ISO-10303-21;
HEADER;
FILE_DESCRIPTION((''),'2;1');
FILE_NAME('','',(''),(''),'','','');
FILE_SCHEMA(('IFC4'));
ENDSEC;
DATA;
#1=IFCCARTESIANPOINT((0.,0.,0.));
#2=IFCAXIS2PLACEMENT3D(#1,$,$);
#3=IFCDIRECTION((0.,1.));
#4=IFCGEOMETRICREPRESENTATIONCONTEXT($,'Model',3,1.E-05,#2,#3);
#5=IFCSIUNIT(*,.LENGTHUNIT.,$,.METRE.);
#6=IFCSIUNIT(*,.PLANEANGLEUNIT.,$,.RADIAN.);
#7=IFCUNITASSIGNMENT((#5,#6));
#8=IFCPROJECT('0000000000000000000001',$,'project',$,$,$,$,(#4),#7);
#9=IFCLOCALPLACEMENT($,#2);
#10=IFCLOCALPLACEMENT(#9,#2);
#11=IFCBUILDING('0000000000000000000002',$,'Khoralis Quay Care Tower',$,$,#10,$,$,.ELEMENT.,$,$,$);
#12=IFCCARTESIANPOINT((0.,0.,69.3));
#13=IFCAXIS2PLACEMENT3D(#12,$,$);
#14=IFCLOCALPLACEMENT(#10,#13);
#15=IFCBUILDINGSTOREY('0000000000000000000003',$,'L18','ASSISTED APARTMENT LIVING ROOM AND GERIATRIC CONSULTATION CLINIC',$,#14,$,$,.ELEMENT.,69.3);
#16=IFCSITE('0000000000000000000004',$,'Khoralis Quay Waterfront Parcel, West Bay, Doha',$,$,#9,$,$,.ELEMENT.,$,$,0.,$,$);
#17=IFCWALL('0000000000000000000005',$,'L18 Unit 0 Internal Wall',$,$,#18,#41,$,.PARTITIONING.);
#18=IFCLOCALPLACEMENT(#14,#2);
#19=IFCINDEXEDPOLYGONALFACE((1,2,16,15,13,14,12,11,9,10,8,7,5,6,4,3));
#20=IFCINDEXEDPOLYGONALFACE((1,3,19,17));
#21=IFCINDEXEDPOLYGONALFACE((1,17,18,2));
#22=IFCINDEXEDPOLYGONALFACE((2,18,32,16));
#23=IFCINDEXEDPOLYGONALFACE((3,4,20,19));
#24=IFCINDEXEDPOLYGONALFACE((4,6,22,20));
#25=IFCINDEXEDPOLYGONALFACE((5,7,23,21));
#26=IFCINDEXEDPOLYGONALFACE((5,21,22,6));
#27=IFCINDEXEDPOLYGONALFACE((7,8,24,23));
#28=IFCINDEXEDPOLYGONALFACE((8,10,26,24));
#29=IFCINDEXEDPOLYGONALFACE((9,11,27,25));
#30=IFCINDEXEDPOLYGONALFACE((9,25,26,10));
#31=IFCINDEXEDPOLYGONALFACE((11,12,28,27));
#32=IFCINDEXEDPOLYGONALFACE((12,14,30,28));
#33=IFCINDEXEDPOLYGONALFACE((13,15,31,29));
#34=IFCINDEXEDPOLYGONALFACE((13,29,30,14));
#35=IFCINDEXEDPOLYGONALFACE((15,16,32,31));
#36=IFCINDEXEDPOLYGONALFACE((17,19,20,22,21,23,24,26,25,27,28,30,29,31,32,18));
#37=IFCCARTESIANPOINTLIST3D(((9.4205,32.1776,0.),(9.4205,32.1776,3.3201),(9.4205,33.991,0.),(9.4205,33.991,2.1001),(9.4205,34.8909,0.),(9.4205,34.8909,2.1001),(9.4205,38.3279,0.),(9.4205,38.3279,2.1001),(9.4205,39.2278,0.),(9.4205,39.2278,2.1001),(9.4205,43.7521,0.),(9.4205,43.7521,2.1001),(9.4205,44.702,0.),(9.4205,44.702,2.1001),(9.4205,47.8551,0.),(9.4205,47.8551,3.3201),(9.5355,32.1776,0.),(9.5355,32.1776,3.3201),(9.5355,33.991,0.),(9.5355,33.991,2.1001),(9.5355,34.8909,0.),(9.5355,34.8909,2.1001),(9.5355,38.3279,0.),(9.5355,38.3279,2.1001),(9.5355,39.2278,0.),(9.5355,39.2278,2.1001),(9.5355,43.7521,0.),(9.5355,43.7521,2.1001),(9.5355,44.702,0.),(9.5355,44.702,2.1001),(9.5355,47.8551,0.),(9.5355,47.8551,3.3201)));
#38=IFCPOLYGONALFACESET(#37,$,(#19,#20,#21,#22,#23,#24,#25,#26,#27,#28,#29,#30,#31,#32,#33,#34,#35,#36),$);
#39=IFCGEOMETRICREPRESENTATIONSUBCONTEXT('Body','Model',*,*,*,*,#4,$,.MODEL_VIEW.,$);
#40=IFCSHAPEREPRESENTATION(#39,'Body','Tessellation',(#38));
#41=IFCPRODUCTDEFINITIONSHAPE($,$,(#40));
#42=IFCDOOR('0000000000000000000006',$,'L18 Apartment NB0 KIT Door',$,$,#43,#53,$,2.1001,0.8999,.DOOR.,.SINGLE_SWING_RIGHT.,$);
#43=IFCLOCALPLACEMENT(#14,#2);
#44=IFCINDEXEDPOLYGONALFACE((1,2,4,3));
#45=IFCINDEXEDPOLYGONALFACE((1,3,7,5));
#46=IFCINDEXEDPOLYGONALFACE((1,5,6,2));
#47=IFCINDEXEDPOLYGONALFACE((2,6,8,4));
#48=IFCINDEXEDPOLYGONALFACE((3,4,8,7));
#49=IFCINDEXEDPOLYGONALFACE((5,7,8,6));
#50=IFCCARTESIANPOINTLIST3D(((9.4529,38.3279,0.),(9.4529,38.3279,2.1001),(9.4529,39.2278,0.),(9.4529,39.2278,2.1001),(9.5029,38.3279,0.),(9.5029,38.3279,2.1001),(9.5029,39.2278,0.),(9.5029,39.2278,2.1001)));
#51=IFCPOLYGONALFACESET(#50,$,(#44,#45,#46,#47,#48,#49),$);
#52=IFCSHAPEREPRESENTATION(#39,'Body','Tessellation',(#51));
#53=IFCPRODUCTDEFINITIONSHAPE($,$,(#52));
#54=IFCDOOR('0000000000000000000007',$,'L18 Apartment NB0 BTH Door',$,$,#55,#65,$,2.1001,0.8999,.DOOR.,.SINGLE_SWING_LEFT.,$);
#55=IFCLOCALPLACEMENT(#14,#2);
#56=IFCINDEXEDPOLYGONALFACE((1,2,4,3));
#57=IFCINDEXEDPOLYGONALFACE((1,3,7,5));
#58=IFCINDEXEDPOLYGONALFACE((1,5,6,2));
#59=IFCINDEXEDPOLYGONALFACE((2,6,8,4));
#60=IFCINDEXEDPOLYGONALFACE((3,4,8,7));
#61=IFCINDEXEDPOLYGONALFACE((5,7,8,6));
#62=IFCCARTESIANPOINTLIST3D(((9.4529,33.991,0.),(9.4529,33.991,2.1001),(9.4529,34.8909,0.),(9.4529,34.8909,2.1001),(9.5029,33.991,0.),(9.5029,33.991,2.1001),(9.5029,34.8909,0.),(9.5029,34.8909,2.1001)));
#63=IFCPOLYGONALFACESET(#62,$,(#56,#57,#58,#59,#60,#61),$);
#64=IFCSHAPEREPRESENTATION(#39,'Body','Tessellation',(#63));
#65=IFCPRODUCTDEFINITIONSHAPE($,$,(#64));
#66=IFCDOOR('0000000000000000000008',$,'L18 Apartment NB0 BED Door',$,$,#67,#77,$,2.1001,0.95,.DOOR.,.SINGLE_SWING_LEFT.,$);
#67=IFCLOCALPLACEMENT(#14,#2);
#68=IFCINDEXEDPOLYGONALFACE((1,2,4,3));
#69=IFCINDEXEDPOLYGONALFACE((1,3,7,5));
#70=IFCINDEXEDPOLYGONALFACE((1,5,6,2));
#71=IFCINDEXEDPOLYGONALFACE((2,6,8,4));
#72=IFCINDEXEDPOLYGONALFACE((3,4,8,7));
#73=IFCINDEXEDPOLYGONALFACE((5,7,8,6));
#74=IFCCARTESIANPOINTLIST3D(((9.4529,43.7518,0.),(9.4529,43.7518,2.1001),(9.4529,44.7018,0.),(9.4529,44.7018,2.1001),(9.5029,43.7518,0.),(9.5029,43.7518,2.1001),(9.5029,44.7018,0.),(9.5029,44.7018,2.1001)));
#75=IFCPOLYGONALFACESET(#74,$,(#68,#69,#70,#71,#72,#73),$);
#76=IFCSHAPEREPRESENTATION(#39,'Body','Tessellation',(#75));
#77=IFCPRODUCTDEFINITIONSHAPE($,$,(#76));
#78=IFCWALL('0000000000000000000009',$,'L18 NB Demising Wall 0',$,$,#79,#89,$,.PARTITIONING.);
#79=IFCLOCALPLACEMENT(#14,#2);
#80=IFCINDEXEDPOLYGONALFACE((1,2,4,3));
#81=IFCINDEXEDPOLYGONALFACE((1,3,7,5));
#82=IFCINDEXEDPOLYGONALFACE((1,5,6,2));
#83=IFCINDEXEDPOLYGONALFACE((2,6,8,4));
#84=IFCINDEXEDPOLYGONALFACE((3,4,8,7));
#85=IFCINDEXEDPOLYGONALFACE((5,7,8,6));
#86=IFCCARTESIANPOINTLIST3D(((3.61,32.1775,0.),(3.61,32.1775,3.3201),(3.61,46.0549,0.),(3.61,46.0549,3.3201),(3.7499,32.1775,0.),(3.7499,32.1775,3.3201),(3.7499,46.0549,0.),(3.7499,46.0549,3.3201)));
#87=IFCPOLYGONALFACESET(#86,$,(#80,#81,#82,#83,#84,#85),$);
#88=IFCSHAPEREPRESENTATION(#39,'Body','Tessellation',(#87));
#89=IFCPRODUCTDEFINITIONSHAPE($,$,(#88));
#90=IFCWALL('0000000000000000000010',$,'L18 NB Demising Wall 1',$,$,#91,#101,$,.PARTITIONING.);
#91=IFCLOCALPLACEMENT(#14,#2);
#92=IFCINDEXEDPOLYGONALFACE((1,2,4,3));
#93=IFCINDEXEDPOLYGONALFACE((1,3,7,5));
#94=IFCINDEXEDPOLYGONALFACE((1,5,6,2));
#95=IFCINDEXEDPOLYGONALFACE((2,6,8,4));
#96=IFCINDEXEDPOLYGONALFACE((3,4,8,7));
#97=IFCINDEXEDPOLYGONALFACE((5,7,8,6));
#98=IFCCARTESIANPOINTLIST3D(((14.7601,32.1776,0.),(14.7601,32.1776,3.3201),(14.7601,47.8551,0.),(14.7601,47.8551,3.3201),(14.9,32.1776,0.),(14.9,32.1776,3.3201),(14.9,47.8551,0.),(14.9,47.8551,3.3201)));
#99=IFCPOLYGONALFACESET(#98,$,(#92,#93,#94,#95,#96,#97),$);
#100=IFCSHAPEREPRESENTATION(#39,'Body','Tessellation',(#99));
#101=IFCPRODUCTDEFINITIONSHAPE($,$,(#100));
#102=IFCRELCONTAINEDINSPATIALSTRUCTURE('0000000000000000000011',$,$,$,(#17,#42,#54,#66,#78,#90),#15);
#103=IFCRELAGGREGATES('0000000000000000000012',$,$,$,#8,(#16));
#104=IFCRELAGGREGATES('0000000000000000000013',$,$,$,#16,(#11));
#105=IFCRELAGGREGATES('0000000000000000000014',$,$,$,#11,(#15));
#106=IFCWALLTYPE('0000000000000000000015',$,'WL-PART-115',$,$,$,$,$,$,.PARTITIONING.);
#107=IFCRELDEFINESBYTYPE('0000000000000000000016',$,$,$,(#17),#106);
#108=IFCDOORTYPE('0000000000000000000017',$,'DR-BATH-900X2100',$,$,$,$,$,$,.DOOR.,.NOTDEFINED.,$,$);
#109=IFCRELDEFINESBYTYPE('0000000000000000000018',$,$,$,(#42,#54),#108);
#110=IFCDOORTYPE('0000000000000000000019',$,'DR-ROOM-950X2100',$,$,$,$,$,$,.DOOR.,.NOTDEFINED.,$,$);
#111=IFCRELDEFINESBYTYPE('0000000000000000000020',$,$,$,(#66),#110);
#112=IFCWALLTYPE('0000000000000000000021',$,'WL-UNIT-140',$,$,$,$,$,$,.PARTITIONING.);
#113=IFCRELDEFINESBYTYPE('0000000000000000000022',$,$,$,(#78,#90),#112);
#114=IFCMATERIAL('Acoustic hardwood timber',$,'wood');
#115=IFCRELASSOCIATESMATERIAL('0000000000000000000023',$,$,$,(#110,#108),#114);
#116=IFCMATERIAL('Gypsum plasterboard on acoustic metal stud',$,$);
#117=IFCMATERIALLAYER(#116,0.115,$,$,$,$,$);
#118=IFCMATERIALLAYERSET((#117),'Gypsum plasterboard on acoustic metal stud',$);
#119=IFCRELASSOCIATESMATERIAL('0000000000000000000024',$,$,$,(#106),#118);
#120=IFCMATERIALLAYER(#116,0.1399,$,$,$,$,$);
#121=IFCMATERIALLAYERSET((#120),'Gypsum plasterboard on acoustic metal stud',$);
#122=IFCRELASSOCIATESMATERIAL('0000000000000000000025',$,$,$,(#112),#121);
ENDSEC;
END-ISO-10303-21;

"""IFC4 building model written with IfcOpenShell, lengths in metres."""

from ifc_helpers import new_model, si_unit, direction, frame, frame_2d, origin, place, context, subcontext, project, spatial, rectangle, extrude, source, transform, mapped, material, layer, layer_set, type_object, element, fill, save


model = new_model("IFC4")

# Units and contexts
model_context = context("Model", 3, precision=1e-05, world=origin(), true_north=direction((0.0, 1.0)))
body_context = subcontext(model_context, "Body", "Model", "MODEL_VIEW")
ifc_project = project(units=[si_unit("LENGTHUNIT", "METRE"), si_unit("PLANEANGLEUNIT", "RADIAN")], contexts=[model_context])

# Site, building, storey
site_placement = place(None, origin())
site = spatial("IfcSite", under=ifc_project, at=site_placement, Name="Khoralis Quay Waterfront Parcel, West Bay, Doha", CompositionType="ELEMENT", RefElevation=0.0)
building_placement = place(site_placement, origin())
building = spatial("IfcBuilding", under=site, at=building_placement, Name="Khoralis Quay Care Tower", CompositionType="ELEMENT")
storey_placement = place(building_placement, frame((0.0, 0.0, 69.3)))
storey = spatial("IfcBuildingStorey", under=building, at=storey_placement, Name="L18", Description="ASSISTED APARTMENT LIVING ROOM AND GERIATRIC CONSULTATION CLINIC", CompositionType="ELEMENT", Elevation=69.3)

# Shared definitions
ifc_material_1 = material(Name="Gypsum plasterboard on acoustic metal stud")

# Wall, openings, doors
ifc_material_2 = material(Name="Acoustic hardwood timber", Category="wood")
door_type_1 = type_object("IfcDoorType", Name="DR-ROOM-950X2100", OperationType="NOTDEFINED", PredefinedType="DOOR", material=ifc_material_2)
shared_shape_1 = source(origin(), body_context, "Body", "SweptSolid", [
    extrude(rectangle(XDim=0.95, YDim=2.1001, at=frame_2d((0.4751, 1.05))), frame((0.0, 0.0249, 0.0), z_axis=(0.0, -1.0, 0.0), x_axis=(1.0, 0.0, 0.0)), (0.0, 0.0, 1.0), 0.05),
])
ifc_layer_1 = layer(ifc_material_1, 0.115)
ifc_layer_set_1 = layer_set([ifc_layer_1], Name="Gypsum plasterboard on acoustic metal stud")
wall_type_1 = type_object("IfcWallType", Name="WL-PART-115", PredefinedType="PARTITIONING", material=ifc_layer_set_1)
wall_1_placement = place(storey_placement, frame((9.478, 32.1775, 0.0), z_axis=(0.0, 0.0, 1.0), x_axis=(0.0, 1.0, 0.0)))
wall_1 = element("IfcWall", 1, at=wall_1_placement, inside=storey, type_object=wall_type_1, Name="L18 Unit 0 Internal Wall", PredefinedType="PARTITIONING", context=body_context, shape_type="SweptSolid", body=[
    extrude(rectangle(XDim=15.6775, YDim=0.115, at=frame_2d((7.8389, 0.0))), origin(), (0.0, 0.0, 1.0), 3.3201),
])
opening_1_placement = place(wall_1_placement, frame((11.5745, 0.0, 0.0)))
opening_1 = element("IfcOpeningElement", 2, at=opening_1_placement, cuts=wall_1, PredefinedType="OPENING", context=body_context, shape_type="SweptSolid", body=[
    extrude(rectangle(XDim=0.95, YDim=2.1001, at=frame_2d((0.4751, 1.05))), frame((0.0, 0.0674, 0.0), z_axis=(0.0, -1.0, 0.0), x_axis=(1.0, 0.0, 0.0)), (0.0, 0.0, 1.0), 0.135),
])
opening_2_placement = place(wall_1_placement, frame((6.1504, 0.0, 0.0)))
opening_2 = element("IfcOpeningElement", 3, at=opening_2_placement, cuts=wall_1, PredefinedType="OPENING", context=body_context, shape_type="SweptSolid", body=[
    extrude(rectangle(XDim=0.8999, YDim=2.1001, at=frame_2d((0.45, 1.05))), frame((0.0, 0.0674, 0.0), z_axis=(0.0, -1.0, 0.0), x_axis=(1.0, 0.0, 0.0)), (0.0, 0.0, 1.0), 0.135),
])
opening_3_placement = place(wall_1_placement, frame((1.8135, 0.0, 0.0)))
opening_3 = element("IfcOpeningElement", 4, at=opening_3_placement, cuts=wall_1, PredefinedType="OPENING", context=body_context, shape_type="SweptSolid", body=[
    extrude(rectangle(XDim=0.8999, YDim=2.1001, at=frame_2d((0.45, 1.05))), frame((0.0, 0.0674, 0.0), z_axis=(0.0, -1.0, 0.0), x_axis=(1.0, 0.0, 0.0)), (0.0, 0.0, 1.0), 0.135),
])
door_type_2 = type_object("IfcDoorType", Name="DR-BATH-900X2100", OperationType="NOTDEFINED", PredefinedType="DOOR", material=ifc_material_2)
shared_shape_2 = source(origin(), body_context, "Body", "SweptSolid", [
    extrude(rectangle(XDim=0.8999, YDim=2.1001, at=frame_2d((0.45, 1.05))), frame((0.0, 0.0249, 0.0), z_axis=(0.0, -1.0, 0.0), x_axis=(1.0, 0.0, 0.0)), (0.0, 0.0, 1.0), 0.05),
])
door_1_placement = place(opening_2_placement, frame((0.8999, 0.0, 0.0), z_axis=(0.0, 0.0, 1.0), x_axis=(-1.0, 0.0, 0.0)))
door_1 = element("IfcDoor", 5, at=door_1_placement, inside=storey, type_object=door_type_2, Name="L18 Apartment NB0 KIT Door", OperationType="SINGLE_SWING_RIGHT", OverallHeight=2.1001, OverallWidth=0.8999, PredefinedType="DOOR", context=body_context, shape_type="MappedRepresentation", body=[
    mapped(shared_shape_2, transform((0.0, 0.0, 0.0), scale=1.0)),
])
fill(opening_2, door_1)
door_2_placement = place(opening_3_placement, frame((0.8999, 0.0, 0.0), z_axis=(0.0, 0.0, 1.0), x_axis=(-1.0, 0.0, 0.0)))
door_2 = element("IfcDoor", 6, at=door_2_placement, inside=storey, type_object=door_type_2, Name="L18 Apartment NB0 BTH Door", OperationType="SINGLE_SWING_LEFT", OverallHeight=2.1001, OverallWidth=0.8999, PredefinedType="DOOR", context=body_context, shape_type="MappedRepresentation", body=[
    mapped(shared_shape_2, transform((0.0, 0.0, 0.0), scale=1.0)),
])
fill(opening_3, door_2)
door_3_placement = place(opening_1_placement, frame((0.95, 0.0, 0.0), z_axis=(0.0, 0.0, 1.0), x_axis=(-1.0, 0.0, 0.0)))
door_3 = element("IfcDoor", 7, at=door_3_placement, inside=storey, type_object=door_type_1, Name="L18 Apartment NB0 BED Door", OperationType="SINGLE_SWING_LEFT", OverallHeight=2.1001, OverallWidth=0.95, PredefinedType="DOOR", context=body_context, shape_type="MappedRepresentation", body=[
    mapped(shared_shape_1, transform((0.0, 0.0, 0.0), scale=1.0)),
])
fill(opening_1, door_3)

# Walls
ifc_layer_2 = layer(ifc_material_1, 0.1399)
ifc_layer_set_2 = layer_set([ifc_layer_2], Name="Gypsum plasterboard on acoustic metal stud")
wall_type_2 = type_object("IfcWallType", Name="WL-UNIT-140", PredefinedType="PARTITIONING", material=ifc_layer_set_2)
wall_2_placement = place(storey_placement, frame((3.6799, 32.1775, 0.0), z_axis=(0.0, 0.0, 1.0), x_axis=(0.0, 1.0, 0.0)))
element("IfcWall", 8, at=wall_2_placement, inside=storey, type_object=wall_type_2, Name="L18 NB Demising Wall 0", PredefinedType="PARTITIONING", context=body_context, shape_type="SweptSolid", body=[
    extrude(rectangle(XDim=13.8774, YDim=0.1399, at=frame_2d((6.9387, 0.0))), origin(), (0.0, 0.0, 1.0), 3.3201),
])
wall_3_placement = place(storey_placement, frame((14.8301, 32.1775, 0.0), z_axis=(0.0, 0.0, 1.0), x_axis=(0.0, 1.0, 0.0)))
element("IfcWall", 9, at=wall_3_placement, inside=storey, type_object=wall_type_2, Name="L18 NB Demising Wall 1", PredefinedType="PARTITIONING", context=body_context, shape_type="SweptSolid", body=[
    extrude(rectangle(XDim=15.6775, YDim=0.1399, at=frame_2d((7.8389, 0.0))), origin(), (0.0, 0.0, 1.0), 3.3201),
])

save(model, "model.ifc")
